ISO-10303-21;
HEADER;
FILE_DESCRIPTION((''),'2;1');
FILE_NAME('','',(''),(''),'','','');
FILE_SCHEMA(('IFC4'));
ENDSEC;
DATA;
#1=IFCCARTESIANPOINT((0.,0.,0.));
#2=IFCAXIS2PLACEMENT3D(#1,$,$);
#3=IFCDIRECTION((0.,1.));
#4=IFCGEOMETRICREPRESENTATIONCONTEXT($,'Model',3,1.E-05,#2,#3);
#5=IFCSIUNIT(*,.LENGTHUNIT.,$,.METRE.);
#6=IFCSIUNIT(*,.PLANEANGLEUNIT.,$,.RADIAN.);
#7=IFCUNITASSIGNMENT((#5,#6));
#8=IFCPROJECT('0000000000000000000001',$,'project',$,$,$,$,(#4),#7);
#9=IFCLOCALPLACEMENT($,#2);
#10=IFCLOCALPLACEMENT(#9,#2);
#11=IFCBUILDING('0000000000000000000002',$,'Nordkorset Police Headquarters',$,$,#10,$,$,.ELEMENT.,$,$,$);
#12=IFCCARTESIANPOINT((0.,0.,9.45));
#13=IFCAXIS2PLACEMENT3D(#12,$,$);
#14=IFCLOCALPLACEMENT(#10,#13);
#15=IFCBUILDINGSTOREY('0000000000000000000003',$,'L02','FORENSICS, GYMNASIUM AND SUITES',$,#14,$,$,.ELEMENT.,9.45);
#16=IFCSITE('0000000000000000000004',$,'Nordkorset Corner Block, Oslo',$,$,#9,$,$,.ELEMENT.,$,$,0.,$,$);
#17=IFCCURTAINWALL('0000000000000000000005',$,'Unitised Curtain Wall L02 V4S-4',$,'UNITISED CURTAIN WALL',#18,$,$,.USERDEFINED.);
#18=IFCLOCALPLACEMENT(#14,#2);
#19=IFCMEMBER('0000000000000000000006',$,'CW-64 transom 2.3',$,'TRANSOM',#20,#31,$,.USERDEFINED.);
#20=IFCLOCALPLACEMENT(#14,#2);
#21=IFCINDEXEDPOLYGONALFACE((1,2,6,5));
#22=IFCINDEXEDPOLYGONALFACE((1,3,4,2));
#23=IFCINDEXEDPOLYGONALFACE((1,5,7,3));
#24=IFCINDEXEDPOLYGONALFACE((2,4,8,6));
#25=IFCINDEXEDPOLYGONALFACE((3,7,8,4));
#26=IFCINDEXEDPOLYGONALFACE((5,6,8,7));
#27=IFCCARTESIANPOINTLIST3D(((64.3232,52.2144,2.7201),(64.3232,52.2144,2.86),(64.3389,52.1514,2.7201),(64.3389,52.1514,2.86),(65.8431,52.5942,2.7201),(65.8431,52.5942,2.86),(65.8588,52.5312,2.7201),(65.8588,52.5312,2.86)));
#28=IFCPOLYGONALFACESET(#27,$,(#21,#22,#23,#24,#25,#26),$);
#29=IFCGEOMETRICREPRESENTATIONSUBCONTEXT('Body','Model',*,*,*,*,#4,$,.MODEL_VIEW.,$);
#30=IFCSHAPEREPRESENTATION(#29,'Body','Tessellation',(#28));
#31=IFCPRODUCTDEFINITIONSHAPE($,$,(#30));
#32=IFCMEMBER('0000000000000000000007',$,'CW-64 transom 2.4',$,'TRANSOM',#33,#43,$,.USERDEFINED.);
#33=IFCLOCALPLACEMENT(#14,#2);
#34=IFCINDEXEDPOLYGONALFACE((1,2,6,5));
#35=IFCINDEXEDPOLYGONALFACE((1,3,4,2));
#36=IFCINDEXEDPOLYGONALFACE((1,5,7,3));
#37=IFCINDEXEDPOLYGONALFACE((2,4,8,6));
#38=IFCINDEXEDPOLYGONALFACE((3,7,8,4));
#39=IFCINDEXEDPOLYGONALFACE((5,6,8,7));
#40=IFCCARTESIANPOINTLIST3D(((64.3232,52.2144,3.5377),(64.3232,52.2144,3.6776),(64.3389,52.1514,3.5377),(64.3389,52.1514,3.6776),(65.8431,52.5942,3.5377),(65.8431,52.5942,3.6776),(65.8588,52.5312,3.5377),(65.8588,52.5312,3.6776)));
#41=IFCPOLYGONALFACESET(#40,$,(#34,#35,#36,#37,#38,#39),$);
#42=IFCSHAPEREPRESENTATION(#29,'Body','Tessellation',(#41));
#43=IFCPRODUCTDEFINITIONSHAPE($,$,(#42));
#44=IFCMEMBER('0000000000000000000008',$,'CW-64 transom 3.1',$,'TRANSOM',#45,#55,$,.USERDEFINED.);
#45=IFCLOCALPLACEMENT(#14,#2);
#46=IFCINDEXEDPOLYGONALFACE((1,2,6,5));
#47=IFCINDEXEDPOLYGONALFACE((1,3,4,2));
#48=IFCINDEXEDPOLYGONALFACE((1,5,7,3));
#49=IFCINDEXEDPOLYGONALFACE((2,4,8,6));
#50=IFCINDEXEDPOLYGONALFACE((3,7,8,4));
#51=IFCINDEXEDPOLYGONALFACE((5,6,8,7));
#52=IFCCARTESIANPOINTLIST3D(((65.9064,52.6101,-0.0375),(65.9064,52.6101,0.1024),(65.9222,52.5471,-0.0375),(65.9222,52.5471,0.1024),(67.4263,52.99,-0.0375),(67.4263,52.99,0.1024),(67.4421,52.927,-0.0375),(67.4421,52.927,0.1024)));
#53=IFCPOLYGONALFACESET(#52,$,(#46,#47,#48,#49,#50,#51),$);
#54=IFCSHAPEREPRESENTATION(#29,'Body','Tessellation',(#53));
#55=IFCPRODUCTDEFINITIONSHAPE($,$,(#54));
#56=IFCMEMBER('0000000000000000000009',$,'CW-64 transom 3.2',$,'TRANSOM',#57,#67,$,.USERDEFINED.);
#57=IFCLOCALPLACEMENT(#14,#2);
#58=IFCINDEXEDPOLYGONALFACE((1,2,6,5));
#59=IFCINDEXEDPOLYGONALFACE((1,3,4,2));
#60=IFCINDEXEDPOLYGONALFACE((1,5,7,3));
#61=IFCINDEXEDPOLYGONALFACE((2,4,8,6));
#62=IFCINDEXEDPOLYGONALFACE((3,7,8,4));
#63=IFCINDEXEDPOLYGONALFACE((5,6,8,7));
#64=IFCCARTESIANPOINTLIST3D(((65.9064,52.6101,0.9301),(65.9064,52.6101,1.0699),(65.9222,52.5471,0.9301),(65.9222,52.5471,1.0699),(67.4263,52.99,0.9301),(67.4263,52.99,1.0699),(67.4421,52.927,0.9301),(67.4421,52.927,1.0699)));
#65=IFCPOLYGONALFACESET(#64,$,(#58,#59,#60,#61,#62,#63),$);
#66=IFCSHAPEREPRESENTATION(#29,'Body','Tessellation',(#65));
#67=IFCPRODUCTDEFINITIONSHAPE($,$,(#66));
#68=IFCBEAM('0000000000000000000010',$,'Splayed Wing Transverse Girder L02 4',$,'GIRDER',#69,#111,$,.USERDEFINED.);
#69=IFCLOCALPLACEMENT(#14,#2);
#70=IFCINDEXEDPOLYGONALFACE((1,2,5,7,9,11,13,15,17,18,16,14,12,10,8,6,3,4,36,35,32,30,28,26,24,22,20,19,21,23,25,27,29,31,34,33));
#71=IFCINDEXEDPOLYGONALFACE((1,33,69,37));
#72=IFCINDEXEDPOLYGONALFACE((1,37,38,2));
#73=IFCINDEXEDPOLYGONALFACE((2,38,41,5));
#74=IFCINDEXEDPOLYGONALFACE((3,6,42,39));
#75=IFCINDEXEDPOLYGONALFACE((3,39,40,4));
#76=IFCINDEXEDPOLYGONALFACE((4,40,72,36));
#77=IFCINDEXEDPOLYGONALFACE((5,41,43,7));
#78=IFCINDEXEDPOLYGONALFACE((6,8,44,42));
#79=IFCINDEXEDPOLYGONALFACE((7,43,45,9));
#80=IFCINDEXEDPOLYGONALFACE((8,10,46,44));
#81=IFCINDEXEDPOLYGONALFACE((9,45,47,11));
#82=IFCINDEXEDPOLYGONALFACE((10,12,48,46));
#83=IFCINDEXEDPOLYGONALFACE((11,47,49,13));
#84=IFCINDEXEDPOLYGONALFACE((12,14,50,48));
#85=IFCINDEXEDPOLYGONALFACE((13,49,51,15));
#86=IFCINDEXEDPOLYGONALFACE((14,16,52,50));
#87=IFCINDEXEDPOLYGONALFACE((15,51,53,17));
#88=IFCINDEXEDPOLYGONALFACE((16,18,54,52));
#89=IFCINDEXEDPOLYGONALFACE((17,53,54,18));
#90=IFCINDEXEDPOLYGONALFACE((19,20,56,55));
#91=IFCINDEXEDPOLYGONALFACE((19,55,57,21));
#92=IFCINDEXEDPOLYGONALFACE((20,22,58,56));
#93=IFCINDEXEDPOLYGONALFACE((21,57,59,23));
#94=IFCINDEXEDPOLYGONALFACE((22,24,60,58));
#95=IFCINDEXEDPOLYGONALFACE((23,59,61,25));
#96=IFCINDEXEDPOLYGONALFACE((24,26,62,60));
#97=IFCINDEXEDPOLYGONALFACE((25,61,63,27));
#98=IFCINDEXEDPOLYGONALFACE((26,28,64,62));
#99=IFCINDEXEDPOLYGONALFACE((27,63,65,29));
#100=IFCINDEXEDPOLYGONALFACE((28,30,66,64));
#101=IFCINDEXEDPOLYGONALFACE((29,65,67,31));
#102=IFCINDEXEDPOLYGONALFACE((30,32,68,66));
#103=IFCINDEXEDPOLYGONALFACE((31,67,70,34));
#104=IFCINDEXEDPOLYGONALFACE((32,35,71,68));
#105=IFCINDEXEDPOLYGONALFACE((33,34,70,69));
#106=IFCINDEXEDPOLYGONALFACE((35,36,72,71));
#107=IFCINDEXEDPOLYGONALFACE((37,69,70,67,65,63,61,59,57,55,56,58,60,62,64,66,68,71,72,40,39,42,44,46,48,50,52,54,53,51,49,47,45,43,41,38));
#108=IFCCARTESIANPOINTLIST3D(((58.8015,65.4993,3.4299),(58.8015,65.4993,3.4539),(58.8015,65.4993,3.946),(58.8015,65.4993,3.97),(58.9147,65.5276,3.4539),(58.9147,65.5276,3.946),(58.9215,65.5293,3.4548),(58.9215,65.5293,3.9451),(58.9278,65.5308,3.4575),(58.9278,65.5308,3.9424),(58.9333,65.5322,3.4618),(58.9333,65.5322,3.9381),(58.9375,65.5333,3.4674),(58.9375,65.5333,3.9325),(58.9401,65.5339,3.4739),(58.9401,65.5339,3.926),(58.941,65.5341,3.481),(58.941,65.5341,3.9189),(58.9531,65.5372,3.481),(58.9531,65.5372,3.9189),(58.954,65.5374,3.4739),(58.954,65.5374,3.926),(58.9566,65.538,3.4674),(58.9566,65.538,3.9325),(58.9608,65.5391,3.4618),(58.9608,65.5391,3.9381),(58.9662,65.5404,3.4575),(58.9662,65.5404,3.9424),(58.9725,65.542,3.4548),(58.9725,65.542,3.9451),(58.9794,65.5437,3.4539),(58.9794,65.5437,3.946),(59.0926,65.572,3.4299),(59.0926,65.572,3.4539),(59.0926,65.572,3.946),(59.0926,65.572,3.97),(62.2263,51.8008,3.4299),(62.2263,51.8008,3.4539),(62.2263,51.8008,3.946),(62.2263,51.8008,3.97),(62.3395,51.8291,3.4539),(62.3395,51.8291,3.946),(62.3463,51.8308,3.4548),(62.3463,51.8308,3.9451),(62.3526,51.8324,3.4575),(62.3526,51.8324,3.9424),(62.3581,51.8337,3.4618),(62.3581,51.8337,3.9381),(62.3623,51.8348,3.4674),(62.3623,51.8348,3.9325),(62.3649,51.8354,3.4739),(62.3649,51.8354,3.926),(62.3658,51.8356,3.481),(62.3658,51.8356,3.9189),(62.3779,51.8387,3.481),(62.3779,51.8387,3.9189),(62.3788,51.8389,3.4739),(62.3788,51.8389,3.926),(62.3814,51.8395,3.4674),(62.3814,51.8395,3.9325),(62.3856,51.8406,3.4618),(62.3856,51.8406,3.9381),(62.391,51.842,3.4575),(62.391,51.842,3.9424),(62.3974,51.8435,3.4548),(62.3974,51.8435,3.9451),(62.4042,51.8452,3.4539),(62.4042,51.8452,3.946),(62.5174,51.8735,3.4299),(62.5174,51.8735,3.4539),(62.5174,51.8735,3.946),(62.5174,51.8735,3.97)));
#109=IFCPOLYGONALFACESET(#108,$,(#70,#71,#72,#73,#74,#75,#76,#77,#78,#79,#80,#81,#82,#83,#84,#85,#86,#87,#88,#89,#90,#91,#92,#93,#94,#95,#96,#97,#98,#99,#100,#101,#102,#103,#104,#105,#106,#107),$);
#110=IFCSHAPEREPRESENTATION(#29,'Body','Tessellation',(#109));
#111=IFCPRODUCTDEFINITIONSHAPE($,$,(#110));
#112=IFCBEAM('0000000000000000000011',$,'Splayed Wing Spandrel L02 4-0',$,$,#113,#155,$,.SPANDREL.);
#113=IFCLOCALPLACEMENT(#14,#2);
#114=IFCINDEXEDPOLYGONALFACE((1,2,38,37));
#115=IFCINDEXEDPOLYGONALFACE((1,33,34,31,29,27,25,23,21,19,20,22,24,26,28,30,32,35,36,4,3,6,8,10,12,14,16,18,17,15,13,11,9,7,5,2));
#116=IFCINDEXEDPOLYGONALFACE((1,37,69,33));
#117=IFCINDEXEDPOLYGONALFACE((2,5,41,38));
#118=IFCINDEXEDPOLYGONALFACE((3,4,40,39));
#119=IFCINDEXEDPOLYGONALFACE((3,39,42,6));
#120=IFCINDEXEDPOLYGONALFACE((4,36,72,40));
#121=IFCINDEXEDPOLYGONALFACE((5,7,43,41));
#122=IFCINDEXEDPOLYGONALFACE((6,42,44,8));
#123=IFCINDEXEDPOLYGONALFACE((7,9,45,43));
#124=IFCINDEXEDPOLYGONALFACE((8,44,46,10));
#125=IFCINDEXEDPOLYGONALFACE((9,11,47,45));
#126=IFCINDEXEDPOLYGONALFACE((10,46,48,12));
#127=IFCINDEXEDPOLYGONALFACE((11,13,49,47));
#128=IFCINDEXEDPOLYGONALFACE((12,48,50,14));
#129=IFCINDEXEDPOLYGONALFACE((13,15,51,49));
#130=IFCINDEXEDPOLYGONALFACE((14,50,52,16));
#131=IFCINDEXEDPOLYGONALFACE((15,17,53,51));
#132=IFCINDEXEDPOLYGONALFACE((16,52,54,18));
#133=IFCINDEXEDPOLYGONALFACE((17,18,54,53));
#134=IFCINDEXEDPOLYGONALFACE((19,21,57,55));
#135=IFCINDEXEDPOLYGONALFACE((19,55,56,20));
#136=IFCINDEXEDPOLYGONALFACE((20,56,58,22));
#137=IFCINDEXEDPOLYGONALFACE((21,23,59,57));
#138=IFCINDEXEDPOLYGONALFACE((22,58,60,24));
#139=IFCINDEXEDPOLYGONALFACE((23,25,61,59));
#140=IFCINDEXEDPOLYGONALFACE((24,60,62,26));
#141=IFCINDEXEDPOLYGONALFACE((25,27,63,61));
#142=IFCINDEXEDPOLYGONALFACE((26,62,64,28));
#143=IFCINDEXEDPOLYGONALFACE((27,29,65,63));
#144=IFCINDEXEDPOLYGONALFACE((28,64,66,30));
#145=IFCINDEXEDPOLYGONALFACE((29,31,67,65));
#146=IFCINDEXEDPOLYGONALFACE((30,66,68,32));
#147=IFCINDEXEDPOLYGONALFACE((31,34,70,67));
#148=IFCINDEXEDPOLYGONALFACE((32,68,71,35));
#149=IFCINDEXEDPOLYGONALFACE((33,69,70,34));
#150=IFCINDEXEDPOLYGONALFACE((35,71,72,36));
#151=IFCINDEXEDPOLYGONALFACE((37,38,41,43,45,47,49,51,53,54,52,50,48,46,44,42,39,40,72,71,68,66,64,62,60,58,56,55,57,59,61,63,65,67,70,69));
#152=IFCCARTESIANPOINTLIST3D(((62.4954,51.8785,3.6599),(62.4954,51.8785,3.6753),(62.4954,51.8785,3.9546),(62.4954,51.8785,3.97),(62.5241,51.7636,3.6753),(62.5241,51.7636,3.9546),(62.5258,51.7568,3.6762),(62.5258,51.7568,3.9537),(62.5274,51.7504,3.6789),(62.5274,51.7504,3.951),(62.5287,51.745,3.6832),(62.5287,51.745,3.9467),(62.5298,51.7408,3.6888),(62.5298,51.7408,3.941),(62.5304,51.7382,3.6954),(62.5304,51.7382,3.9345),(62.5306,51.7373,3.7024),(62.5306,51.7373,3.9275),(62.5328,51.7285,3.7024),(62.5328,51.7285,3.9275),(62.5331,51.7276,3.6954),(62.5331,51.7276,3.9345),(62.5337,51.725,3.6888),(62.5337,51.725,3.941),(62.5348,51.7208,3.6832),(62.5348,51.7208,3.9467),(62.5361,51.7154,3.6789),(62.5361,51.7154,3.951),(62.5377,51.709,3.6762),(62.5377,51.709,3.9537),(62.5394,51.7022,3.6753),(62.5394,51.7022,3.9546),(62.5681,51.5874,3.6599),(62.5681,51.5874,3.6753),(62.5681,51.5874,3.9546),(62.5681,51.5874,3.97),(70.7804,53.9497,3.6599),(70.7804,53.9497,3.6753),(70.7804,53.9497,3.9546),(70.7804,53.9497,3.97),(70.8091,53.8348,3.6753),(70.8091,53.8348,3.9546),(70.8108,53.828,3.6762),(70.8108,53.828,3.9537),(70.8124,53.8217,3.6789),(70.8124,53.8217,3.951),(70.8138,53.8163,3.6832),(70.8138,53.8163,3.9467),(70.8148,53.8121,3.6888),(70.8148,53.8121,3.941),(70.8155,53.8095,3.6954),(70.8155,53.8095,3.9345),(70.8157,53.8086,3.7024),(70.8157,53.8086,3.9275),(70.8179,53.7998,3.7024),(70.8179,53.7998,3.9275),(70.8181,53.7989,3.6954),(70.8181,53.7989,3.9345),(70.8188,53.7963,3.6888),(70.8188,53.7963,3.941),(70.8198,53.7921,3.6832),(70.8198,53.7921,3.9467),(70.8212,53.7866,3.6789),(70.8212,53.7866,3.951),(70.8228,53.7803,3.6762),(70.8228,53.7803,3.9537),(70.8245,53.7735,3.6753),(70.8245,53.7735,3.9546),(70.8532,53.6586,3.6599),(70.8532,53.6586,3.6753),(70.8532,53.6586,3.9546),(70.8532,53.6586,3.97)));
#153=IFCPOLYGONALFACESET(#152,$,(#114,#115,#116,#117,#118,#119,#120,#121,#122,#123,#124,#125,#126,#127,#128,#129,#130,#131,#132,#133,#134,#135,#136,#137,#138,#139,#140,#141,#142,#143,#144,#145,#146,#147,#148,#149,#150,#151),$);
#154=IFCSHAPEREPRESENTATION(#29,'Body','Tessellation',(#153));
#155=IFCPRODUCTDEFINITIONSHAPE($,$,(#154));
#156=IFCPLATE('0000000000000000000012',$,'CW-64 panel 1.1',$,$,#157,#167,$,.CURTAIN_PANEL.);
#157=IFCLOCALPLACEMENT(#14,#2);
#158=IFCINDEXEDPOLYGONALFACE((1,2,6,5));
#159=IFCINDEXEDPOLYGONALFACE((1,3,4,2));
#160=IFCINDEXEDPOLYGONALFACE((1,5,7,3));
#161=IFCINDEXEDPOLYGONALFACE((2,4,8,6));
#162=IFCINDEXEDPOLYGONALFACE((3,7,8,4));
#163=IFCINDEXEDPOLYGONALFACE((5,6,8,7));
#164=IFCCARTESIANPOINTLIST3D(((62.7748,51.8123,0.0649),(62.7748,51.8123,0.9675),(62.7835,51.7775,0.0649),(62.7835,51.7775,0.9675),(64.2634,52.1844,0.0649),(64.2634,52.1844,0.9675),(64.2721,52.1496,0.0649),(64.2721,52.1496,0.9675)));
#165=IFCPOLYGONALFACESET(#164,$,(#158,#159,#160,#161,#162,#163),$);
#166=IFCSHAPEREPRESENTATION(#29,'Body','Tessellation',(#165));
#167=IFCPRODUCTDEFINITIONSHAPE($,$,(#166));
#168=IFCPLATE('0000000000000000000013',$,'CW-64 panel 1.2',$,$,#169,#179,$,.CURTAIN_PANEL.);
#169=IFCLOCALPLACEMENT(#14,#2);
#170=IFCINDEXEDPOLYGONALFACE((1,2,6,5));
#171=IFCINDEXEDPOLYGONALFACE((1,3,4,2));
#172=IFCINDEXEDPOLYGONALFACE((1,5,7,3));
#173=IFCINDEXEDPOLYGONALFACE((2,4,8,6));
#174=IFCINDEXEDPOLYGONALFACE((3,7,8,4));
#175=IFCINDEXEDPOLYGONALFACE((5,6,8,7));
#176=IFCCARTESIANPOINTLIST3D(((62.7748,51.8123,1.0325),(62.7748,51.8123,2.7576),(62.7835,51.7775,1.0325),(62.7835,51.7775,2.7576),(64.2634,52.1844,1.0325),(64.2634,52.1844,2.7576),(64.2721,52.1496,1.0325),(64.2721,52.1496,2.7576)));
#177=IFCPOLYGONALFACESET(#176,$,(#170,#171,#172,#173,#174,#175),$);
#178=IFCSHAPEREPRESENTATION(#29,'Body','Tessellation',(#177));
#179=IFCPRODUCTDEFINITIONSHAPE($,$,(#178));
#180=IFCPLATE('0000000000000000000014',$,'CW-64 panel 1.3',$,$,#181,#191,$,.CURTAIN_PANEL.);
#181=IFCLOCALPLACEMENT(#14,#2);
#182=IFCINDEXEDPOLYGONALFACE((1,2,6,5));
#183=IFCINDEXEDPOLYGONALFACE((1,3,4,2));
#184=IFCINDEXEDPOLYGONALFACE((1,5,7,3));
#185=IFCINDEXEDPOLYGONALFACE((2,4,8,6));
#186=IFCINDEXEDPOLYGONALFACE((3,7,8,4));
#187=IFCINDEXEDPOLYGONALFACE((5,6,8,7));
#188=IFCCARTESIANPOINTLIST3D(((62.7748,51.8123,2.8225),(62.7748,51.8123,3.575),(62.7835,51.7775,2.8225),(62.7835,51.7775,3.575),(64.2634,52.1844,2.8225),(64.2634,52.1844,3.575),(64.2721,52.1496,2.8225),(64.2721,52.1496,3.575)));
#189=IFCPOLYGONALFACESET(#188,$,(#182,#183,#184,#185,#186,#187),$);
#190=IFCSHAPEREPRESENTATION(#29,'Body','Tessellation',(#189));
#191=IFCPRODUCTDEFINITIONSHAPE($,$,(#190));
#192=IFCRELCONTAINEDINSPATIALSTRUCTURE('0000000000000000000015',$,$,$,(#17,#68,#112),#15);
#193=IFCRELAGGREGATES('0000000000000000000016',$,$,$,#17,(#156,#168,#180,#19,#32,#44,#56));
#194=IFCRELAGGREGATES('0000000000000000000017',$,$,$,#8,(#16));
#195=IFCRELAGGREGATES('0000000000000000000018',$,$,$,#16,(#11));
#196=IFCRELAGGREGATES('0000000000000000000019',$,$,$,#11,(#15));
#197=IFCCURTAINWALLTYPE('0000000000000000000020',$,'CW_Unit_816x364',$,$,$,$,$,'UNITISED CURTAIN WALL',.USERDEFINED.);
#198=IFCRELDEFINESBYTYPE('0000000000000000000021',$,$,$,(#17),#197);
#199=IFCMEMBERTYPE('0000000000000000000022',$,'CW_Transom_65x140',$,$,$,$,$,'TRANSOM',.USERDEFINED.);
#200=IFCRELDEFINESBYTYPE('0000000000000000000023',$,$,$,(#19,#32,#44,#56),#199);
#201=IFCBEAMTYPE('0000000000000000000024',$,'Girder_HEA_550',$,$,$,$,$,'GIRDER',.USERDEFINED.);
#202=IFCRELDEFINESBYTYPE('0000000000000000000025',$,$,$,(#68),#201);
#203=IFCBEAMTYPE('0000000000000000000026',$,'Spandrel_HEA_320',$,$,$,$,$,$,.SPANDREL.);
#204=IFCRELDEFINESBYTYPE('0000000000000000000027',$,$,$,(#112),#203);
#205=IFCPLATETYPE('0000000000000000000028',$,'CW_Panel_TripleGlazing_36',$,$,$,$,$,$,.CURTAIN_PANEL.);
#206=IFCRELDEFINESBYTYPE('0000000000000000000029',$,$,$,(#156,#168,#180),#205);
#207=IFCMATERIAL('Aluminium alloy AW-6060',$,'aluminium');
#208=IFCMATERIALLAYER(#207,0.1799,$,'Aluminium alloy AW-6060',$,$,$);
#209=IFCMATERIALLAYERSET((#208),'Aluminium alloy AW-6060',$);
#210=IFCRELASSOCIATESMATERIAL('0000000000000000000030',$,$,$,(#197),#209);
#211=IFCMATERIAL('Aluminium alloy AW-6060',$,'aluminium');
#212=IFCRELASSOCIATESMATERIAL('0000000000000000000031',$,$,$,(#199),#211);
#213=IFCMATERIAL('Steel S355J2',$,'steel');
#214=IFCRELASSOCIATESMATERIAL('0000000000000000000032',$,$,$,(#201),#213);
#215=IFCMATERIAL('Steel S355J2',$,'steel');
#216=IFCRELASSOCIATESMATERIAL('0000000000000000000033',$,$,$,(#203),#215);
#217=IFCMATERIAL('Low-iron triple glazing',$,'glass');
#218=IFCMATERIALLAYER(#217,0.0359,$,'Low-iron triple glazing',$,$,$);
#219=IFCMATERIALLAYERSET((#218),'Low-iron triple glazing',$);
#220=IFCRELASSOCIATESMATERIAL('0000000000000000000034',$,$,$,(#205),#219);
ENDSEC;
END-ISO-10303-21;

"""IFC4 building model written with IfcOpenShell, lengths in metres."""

from ifc_helpers import new_model, si_unit, direction, frame, origin, origin_2d, place, context, subcontext, project, spatial, rectangle, i_section, extrude, material, layer, layer_set, material_profile, profile_set, type_object, element, aggregate, save


model = new_model("IFC4")

# Units and contexts
model_context = context("Model", 3, precision=1e-05, world=origin(), true_north=direction((0.0, 1.0)))
body_context = subcontext(model_context, "Body", "Model", "MODEL_VIEW")
ifc_project = project(units=[si_unit("LENGTHUNIT", "METRE"), si_unit("PLANEANGLEUNIT", "RADIAN")], contexts=[model_context])

# Site, building, storey
site_placement = place(None, origin())
site = spatial("IfcSite", under=ifc_project, at=site_placement, Name="Nordkorset Corner Block, Oslo", CompositionType="ELEMENT", RefElevation=0.0)
building_placement = place(site_placement, origin())
building = spatial("IfcBuilding", under=site, at=building_placement, Name="Nordkorset Police Headquarters", CompositionType="ELEMENT")
storey_placement = place(building_placement, frame((0.0, 0.0, 9.45)))
storey = spatial("IfcBuildingStorey", under=building, at=storey_placement, Name="L02", Description="FORENSICS, GYMNASIUM AND SUITES", CompositionType="ELEMENT", Elevation=9.45)

# Curtain wall, members
ifc_material_1 = material(Name="Aluminium alloy AW-6060", Category="aluminium")
ifc_layer_1 = layer(ifc_material_1, 0.1799, Name="Aluminium alloy AW-6060")
ifc_layer_set_1 = layer_set([ifc_layer_1], Name="Aluminium alloy AW-6060")
curtain_wall_type_1 = type_object("IfcCurtainWallType", Name="CW_Unit_816x364", ElementType="UNITISED CURTAIN WALL", PredefinedType="USERDEFINED", material=ifc_layer_set_1)
curtain_wall_1_placement = place(storey_placement, origin())
curtain_wall_1 = element("IfcCurtainWall", 1, at=curtain_wall_1_placement, inside=storey, type_object=curtain_wall_type_1, Name="Unitised Curtain Wall L02 V4S-4", ObjectType="UNITISED CURTAIN WALL", PredefinedType="USERDEFINED")
ifc_material_2 = material(Name="Aluminium alloy AW-6060", Category="aluminium")
ifc_material_profile_1 = material_profile(ifc_material_2, rectangle(XDim=0.0649, YDim=0.1399, at=origin_2d()), Name="ALU TRAN 65x140")
ifc_profile_set_1 = profile_set([ifc_material_profile_1], Name="Aluminium alloy AW-6060")
member_type_1 = type_object("IfcMemberType", Name="CW_Transom_65x140", ElementType="TRANSOM", PredefinedType="USERDEFINED", material=ifc_profile_set_1)
member_1_placement = place(storey_placement, frame((64.3311, 52.1829, 2.79), z_axis=(0.970161, 0.242462, 0.0), x_axis=(-0.242462, 0.970161, 0.0)))
member_1 = element("IfcMember", 2, at=member_1_placement, type_object=member_type_1, Name="CW-64 transom 2.3", ObjectType="TRANSOM", PredefinedType="USERDEFINED", context=body_context, shape_type="SweptSolid", body=[
    extrude(rectangle(XDim=0.0649, YDim=0.1399, at=origin_2d()), origin(), (0.0, 0.0, 1.0), 1.5667),
])
member_2_placement = place(storey_placement, frame((64.3311, 52.1829, 3.6077), z_axis=(0.970161, 0.242462, 0.0), x_axis=(-0.242462, 0.970161, 0.0)))
member_2 = element("IfcMember", 3, at=member_2_placement, type_object=member_type_1, Name="CW-64 transom 2.4", ObjectType="TRANSOM", PredefinedType="USERDEFINED", context=body_context, shape_type="SweptSolid", body=[
    extrude(rectangle(XDim=0.0649, YDim=0.1399, at=origin_2d()), origin(), (0.0, 0.0, 1.0), 1.5667),
])
member_3_placement = place(storey_placement, frame((65.9143, 52.5786, 0.0325), z_axis=(0.970161, 0.242462, 0.0), x_axis=(-0.242462, 0.970161, 0.0)))
member_3 = element("IfcMember", 4, at=member_3_placement, type_object=member_type_1, Name="CW-64 transom 3.1", ObjectType="TRANSOM", PredefinedType="USERDEFINED", context=body_context, shape_type="SweptSolid", body=[
    extrude(rectangle(XDim=0.0649, YDim=0.1399, at=origin_2d()), origin(), (0.0, 0.0, 1.0), 1.5667),
])
member_4_placement = place(storey_placement, frame((65.9143, 52.5786, 1.0), z_axis=(0.970161, 0.242462, 0.0), x_axis=(-0.242462, 0.970161, 0.0)))
member_4 = element("IfcMember", 5, at=member_4_placement, type_object=member_type_1, Name="CW-64 transom 3.2", ObjectType="TRANSOM", PredefinedType="USERDEFINED", context=body_context, shape_type="SweptSolid", body=[
    extrude(rectangle(XDim=0.0649, YDim=0.1399, at=origin_2d()), origin(), (0.0, 0.0, 1.0), 1.5667),
])

# Beams
ifc_material_3 = material(Name="Steel S355J2", Category="steel")
ifc_material_profile_2 = material_profile(ifc_material_3, i_section(OverallWidth=0.3, OverallDepth=0.54, WebThickness=0.0125, FlangeThickness=0.0239, FilletRadius=0.0271, at=origin_2d()), Name="HEA 550")
ifc_profile_set_2 = profile_set([ifc_material_profile_2], Name="Steel S355J2")
beam_type_1 = type_object("IfcBeamType", Name="Girder_HEA_550", ElementType="GIRDER", PredefinedType="USERDEFINED", material=ifc_profile_set_2)
beam_1_placement = place(storey_placement, frame((62.3718, 51.8372, 3.7), z_axis=(-0.242548, 0.970139, 0.0), x_axis=(-0.970139, -0.242548, 0.0)))
element("IfcBeam", 6, at=beam_1_placement, inside=storey, type_object=beam_type_1, Name="Splayed Wing Transverse Girder L02 4", ObjectType="GIRDER", PredefinedType="USERDEFINED", context=body_context, shape_type="SweptSolid", body=[
    extrude(i_section(OverallWidth=0.3, OverallDepth=0.54, WebThickness=0.0125, FlangeThickness=0.0239, FilletRadius=0.0271, at=origin_2d()), origin(), (0.0, 0.0, 1.0), 14.1201),
])
ifc_material_4 = material(Name="Steel S355J2", Category="steel")
ifc_material_profile_3 = material_profile(ifc_material_4, i_section(OverallWidth=0.3, OverallDepth=0.3101, WebThickness=0.009, FlangeThickness=0.0154, FilletRadius=0.0271, at=origin_2d()), Name="HEA 320")
ifc_profile_set_3 = profile_set([ifc_material_profile_3], Name="Steel S355J2")
beam_type_2 = type_object("IfcBeamType", Name="Spandrel_HEA_320", PredefinedType="SPANDREL", material=ifc_profile_set_3)
beam_2_placement = place(storey_placement, frame((62.5317, 51.7329, 3.8149), z_axis=(0.970143, 0.242536, 0.0), x_axis=(-0.242536, 0.970143, 0.0)))
element("IfcBeam", 7, at=beam_2_placement, inside=storey, type_object=beam_type_2, Name="Splayed Wing Spandrel L02 4-0", PredefinedType="SPANDREL", context=body_context, shape_type="SweptSolid", body=[
    extrude(i_section(OverallWidth=0.3, OverallDepth=0.3101, WebThickness=0.009, FlangeThickness=0.0154, FilletRadius=0.0271, at=origin_2d()), origin(), (0.0, 0.0, 1.0), 8.54),
])

# Plates
ifc_material_5 = material(Name="Low-iron triple glazing", Category="glass")
ifc_layer_2 = layer(ifc_material_5, 0.0359, Name="Low-iron triple glazing")
ifc_layer_set_2 = layer_set([ifc_layer_2], Name="Low-iron triple glazing")
plate_type = type_object("IfcPlateType", Name="CW_Panel_TripleGlazing_36", PredefinedType="CURTAIN_PANEL", material=ifc_layer_set_2)
plate_1_placement = place(storey_placement, frame((63.5234, 51.981, 0.0649), z_axis=(0.0, 0.0, 1.0), x_axis=(0.970143, 0.242536, 0.0)))
plate_1 = element("IfcPlate", 8, at=plate_1_placement, type_object=plate_type, Name="CW-64 panel 1.1", PredefinedType="CURTAIN_PANEL", context=body_context, shape_type="SweptSolid", body=[
    extrude(rectangle(XDim=1.5344, YDim=0.0359, at=origin_2d()), origin(), (0.0, 0.0, 1.0), 0.9026),
])
plate_2_placement = place(storey_placement, frame((63.5234, 51.981, 1.0325), z_axis=(0.0, 0.0, 1.0), x_axis=(0.970143, 0.242536, 0.0)))
plate_2 = element("IfcPlate", 9, at=plate_2_placement, type_object=plate_type, Name="CW-64 panel 1.2", PredefinedType="CURTAIN_PANEL", context=body_context, shape_type="SweptSolid", body=[
    extrude(rectangle(XDim=1.5344, YDim=0.0359, at=origin_2d()), origin(), (0.0, 0.0, 1.0), 1.7251),
])
plate_3_placement = place(storey_placement, frame((63.5234, 51.981, 2.8225), z_axis=(0.0, 0.0, 1.0), x_axis=(0.970143, 0.242536, 0.0)))
plate_3 = element("IfcPlate", 10, at=plate_3_placement, type_object=plate_type, Name="CW-64 panel 1.3", PredefinedType="CURTAIN_PANEL", context=body_context, shape_type="SweptSolid", body=[
    extrude(rectangle(XDim=1.5344, YDim=0.0359, at=origin_2d()), origin(), (0.0, 0.0, 1.0), 0.7524),
])
aggregate(curtain_wall_1, [plate_1, plate_2, plate_3, member_1, member_2, member_3, member_4])

save(model, "model.ifc")
